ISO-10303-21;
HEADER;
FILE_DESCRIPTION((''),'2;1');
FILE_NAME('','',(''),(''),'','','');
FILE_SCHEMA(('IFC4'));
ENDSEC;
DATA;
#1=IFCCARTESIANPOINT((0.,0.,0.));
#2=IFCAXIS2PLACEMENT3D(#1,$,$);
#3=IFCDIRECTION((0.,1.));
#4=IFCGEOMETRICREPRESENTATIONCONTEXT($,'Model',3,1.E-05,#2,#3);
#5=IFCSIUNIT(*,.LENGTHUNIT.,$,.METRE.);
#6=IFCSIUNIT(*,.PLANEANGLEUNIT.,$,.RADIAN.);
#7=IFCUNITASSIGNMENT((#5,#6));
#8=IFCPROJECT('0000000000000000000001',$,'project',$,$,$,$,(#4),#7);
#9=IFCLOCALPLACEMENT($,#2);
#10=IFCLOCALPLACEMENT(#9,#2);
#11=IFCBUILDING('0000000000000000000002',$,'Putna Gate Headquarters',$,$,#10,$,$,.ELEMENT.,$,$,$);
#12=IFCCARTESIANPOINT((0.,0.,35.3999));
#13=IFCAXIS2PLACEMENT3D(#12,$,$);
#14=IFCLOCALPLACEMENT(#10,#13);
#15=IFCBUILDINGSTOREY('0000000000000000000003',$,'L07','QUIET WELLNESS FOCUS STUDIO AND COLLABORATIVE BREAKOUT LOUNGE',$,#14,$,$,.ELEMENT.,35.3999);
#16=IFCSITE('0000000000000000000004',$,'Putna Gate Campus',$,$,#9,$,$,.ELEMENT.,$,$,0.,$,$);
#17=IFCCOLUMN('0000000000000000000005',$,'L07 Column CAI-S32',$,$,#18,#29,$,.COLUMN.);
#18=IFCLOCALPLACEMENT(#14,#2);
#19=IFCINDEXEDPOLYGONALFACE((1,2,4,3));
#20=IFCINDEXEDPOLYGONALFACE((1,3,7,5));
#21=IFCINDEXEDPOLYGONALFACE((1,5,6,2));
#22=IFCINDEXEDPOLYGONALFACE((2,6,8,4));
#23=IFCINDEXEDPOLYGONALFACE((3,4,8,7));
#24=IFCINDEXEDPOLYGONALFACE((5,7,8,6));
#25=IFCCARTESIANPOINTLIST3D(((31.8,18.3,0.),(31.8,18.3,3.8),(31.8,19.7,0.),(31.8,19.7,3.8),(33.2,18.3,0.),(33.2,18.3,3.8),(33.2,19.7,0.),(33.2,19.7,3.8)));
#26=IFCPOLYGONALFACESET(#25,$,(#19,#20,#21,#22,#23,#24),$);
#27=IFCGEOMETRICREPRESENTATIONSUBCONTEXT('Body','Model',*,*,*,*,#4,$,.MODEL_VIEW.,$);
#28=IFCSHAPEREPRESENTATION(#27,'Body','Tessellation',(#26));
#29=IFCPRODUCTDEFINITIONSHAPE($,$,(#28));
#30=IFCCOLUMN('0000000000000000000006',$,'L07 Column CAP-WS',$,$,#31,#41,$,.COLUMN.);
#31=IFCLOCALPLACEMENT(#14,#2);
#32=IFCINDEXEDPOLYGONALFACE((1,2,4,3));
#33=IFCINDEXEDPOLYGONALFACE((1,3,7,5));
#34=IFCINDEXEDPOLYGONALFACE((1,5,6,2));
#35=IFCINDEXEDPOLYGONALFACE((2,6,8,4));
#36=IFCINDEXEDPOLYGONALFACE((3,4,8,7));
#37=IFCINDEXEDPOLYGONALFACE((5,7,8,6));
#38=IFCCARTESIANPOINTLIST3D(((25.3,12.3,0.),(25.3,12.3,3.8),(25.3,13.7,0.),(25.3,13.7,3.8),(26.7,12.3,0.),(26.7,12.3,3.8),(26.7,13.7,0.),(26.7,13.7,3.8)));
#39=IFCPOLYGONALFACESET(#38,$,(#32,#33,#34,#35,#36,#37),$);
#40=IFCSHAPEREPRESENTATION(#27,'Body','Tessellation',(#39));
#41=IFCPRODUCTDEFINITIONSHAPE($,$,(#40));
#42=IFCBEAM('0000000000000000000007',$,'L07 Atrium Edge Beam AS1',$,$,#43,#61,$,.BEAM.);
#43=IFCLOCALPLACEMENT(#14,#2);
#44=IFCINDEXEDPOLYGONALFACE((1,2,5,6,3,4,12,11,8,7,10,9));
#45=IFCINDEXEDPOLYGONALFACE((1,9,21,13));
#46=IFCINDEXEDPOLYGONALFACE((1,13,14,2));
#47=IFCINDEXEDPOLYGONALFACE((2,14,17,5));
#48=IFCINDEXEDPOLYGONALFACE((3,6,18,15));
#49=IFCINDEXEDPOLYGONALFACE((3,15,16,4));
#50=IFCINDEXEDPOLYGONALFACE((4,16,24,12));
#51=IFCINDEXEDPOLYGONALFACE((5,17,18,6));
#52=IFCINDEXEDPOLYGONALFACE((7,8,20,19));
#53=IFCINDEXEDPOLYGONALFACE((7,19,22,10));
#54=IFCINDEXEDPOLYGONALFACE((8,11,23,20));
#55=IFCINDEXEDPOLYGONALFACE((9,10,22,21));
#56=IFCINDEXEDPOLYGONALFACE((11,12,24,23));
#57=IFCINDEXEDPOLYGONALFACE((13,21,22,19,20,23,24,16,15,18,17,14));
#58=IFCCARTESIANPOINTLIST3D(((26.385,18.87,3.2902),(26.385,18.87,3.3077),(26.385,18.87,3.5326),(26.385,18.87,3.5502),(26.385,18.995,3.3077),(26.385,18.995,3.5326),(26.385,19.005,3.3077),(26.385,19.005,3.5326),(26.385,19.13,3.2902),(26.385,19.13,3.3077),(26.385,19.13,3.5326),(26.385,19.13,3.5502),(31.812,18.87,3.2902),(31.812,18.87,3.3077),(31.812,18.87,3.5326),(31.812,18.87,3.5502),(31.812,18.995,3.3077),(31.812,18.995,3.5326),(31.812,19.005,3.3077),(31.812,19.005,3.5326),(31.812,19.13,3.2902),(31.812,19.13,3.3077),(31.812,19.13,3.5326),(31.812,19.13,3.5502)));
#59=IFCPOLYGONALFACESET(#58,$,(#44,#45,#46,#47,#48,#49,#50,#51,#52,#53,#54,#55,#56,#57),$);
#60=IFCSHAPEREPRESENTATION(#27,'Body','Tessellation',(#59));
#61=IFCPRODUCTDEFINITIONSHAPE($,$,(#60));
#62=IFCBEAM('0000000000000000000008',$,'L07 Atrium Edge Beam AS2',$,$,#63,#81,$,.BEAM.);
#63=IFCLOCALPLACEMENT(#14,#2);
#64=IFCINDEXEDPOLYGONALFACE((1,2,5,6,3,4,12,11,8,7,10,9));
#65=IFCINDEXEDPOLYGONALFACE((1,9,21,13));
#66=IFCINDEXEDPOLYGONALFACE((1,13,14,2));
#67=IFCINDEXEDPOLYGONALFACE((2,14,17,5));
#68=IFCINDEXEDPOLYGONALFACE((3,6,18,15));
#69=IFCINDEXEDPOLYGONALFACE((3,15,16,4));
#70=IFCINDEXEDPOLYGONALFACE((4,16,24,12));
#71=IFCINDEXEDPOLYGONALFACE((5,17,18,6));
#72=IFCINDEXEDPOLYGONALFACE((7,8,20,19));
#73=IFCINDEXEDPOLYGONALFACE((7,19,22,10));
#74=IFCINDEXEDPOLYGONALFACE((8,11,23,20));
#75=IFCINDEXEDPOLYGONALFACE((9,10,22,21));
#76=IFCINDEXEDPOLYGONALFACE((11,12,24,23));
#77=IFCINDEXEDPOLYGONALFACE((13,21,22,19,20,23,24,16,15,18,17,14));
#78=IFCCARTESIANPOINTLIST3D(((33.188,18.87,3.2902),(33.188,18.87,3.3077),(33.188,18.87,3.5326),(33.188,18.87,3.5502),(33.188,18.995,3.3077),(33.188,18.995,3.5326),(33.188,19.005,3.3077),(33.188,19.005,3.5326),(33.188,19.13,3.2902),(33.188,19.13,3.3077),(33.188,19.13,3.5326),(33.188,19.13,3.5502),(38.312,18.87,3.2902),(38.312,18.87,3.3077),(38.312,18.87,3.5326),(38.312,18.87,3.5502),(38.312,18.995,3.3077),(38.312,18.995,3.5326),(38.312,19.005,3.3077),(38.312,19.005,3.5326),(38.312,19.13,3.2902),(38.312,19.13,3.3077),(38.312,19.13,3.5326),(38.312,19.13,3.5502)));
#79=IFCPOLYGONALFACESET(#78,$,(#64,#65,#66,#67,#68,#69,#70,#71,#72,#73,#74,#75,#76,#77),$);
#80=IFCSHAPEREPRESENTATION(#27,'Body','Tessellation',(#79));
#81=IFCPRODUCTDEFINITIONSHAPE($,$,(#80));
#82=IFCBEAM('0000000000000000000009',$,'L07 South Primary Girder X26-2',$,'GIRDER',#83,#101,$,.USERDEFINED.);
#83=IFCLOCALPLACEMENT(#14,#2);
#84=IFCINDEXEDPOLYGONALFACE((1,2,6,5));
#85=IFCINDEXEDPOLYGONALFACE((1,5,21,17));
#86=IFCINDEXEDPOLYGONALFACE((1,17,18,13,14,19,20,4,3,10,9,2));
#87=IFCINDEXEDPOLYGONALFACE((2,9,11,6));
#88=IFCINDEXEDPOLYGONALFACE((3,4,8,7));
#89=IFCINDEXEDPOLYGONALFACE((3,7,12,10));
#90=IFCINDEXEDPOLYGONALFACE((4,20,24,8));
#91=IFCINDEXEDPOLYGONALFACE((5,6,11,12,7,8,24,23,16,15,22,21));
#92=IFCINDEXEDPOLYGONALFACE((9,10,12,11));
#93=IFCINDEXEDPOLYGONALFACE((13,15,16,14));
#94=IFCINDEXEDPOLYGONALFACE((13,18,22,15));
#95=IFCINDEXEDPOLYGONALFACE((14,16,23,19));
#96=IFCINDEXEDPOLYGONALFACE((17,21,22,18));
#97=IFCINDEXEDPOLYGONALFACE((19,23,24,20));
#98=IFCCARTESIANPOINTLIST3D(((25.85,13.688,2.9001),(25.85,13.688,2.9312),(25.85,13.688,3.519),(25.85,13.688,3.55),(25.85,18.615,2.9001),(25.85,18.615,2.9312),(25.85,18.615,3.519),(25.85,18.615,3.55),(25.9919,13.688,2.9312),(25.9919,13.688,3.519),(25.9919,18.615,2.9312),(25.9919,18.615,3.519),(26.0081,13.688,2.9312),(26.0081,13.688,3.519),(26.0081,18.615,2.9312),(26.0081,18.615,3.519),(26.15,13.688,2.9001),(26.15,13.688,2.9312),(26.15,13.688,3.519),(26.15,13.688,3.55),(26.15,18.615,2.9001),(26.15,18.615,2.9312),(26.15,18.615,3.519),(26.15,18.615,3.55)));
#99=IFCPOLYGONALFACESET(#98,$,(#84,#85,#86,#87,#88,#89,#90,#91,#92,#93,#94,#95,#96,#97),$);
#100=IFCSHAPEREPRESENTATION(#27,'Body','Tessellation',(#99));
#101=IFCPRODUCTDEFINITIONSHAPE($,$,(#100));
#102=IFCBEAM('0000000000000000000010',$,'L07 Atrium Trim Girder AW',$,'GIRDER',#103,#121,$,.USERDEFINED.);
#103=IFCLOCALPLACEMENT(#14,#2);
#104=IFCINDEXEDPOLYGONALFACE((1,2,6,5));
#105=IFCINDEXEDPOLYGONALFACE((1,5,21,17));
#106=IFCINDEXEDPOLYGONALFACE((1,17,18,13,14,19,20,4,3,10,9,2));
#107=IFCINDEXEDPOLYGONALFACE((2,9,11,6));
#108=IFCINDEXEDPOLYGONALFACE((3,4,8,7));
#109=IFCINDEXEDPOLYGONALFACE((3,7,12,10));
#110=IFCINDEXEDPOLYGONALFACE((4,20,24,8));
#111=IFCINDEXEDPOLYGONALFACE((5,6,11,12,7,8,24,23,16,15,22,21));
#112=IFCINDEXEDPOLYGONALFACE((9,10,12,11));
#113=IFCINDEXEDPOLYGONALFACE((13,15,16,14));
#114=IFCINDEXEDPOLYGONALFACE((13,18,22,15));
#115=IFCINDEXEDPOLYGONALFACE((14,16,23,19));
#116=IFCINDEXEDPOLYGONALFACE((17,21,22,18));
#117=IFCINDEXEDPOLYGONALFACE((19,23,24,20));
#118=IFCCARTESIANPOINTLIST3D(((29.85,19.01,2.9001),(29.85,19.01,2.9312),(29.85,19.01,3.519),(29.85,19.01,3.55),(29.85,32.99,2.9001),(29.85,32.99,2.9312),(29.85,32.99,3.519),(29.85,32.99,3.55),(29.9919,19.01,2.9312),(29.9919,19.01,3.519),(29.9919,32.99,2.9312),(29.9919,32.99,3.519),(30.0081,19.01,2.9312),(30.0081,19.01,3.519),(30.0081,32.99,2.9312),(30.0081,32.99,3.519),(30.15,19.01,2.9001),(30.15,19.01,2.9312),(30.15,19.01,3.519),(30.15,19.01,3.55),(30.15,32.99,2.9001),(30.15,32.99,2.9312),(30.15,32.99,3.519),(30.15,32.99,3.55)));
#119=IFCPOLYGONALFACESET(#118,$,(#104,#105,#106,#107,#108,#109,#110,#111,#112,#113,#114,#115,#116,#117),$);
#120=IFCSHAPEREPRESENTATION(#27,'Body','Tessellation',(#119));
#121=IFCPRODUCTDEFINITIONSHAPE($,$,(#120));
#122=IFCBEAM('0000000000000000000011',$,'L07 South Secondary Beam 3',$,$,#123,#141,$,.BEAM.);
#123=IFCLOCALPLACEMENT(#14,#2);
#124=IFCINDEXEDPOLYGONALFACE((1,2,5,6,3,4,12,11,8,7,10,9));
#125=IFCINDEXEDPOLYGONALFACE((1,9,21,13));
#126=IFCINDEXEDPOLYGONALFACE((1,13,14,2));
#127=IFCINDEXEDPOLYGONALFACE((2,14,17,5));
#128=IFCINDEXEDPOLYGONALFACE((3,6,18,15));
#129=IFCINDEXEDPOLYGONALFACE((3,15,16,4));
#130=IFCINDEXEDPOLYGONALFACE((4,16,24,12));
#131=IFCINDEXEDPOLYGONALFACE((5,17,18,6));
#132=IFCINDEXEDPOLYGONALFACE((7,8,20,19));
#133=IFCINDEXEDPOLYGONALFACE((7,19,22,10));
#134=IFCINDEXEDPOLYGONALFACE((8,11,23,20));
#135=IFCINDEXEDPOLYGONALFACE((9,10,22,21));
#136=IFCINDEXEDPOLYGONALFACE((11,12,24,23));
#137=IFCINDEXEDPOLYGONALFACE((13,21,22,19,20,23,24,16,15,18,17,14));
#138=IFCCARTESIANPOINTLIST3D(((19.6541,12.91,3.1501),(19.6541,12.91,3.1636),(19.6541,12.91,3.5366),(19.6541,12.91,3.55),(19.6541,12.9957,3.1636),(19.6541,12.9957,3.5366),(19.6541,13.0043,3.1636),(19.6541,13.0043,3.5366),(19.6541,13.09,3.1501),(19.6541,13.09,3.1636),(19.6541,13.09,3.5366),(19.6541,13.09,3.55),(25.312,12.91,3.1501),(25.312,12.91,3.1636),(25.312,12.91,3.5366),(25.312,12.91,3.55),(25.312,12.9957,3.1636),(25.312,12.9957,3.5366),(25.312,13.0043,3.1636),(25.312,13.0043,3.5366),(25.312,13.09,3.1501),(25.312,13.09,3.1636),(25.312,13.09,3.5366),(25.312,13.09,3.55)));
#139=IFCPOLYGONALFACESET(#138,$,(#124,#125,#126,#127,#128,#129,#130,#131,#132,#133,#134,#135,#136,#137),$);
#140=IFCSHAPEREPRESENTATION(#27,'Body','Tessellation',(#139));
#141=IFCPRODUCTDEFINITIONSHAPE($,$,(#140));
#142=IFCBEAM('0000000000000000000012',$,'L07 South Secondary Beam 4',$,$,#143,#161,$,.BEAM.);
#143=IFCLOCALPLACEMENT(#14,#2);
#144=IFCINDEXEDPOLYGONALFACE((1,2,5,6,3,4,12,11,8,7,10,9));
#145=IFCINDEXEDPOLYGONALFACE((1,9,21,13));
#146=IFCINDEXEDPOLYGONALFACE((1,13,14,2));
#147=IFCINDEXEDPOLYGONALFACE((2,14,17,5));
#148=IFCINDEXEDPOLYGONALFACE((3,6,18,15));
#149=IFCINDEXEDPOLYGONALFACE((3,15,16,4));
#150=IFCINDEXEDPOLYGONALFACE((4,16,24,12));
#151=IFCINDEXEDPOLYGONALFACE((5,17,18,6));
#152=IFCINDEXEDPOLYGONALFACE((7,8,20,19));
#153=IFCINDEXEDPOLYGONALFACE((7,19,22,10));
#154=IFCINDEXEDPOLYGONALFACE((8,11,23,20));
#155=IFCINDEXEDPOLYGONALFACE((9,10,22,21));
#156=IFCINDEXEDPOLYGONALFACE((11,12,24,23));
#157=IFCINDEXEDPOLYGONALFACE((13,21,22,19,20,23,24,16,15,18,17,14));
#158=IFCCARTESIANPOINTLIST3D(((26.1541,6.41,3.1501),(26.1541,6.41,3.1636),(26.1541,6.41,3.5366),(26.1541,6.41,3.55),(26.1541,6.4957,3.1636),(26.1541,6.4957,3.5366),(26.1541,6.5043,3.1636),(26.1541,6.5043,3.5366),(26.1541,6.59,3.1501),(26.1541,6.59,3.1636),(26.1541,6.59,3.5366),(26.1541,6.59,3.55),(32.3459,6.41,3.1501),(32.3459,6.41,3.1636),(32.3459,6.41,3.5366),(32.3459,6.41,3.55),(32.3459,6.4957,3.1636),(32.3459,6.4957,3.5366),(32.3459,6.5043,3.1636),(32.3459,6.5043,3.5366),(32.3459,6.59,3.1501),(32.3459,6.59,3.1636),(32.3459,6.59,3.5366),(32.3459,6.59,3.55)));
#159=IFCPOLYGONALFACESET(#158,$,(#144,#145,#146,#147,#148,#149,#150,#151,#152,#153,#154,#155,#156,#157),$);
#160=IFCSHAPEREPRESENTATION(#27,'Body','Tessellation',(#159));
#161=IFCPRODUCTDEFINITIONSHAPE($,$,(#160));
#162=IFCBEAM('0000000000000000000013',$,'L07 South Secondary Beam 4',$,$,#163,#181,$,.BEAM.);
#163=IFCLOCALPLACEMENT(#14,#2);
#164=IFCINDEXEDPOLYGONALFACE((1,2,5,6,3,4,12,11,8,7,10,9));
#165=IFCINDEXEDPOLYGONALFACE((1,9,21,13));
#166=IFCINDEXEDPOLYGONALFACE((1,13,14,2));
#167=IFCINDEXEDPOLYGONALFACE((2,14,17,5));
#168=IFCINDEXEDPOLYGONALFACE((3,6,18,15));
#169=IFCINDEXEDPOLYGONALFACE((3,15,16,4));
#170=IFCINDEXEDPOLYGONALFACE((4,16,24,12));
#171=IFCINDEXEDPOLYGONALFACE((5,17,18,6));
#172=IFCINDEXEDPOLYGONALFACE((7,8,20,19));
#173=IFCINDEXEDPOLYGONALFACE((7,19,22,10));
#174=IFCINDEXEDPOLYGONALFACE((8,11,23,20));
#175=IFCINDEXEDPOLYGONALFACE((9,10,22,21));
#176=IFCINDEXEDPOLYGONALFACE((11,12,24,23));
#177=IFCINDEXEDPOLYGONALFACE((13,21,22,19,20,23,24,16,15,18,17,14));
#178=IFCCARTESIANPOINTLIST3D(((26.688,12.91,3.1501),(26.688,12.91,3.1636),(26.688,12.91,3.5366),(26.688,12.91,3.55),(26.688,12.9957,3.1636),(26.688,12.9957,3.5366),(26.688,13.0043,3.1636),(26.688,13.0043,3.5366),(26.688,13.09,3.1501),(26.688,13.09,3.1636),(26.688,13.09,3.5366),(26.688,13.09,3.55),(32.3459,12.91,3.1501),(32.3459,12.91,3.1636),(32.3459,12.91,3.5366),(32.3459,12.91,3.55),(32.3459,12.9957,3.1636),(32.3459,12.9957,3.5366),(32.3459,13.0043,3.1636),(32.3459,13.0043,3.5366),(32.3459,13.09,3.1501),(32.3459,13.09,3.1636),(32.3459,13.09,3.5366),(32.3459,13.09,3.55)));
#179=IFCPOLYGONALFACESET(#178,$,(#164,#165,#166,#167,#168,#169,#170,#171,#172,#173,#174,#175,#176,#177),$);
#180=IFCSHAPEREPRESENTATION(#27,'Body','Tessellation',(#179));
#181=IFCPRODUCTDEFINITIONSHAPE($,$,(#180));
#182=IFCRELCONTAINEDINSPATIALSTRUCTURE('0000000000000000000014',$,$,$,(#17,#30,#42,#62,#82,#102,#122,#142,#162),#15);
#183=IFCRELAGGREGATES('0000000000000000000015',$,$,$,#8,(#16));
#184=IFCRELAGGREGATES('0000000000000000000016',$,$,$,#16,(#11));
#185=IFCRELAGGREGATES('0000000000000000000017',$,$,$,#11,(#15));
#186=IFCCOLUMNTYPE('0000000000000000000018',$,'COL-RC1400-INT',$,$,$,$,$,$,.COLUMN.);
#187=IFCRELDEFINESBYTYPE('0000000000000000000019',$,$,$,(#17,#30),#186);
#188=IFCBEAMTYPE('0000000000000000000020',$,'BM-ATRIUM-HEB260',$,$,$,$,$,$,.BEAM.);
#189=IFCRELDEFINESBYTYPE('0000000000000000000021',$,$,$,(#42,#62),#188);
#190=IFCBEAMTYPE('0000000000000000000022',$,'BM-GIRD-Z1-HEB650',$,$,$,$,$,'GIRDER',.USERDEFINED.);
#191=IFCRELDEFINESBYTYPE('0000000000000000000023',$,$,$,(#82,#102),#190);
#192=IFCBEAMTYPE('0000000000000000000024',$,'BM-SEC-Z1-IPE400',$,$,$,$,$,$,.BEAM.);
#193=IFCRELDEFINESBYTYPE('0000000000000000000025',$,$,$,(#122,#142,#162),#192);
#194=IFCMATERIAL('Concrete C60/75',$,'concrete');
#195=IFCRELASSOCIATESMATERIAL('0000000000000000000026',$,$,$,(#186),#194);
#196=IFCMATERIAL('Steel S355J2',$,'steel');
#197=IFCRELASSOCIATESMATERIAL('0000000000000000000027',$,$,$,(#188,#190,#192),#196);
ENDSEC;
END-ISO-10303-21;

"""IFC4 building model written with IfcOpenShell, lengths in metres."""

from ifc_helpers import new_model, si_unit, direction, frame, origin, origin_2d, place, context, subcontext, project, spatial, rectangle, i_section, extrude, material, material_profile, profile_set, type_object, element, save


model = new_model("IFC4")

# Units and contexts
model_context = context("Model", 3, precision=1e-05, world=origin(), true_north=direction((0.0, 1.0)))
body_context = subcontext(model_context, "Body", "Model", "MODEL_VIEW")
ifc_project = project(units=[si_unit("LENGTHUNIT", "METRE"), si_unit("PLANEANGLEUNIT", "RADIAN")], contexts=[model_context])

# Site, building, storey
site_placement = place(None, origin())
site = spatial("IfcSite", under=ifc_project, at=site_placement, Name="Putna Gate Campus", CompositionType="ELEMENT", RefElevation=0.0)
building_placement = place(site_placement, origin())
building = spatial("IfcBuilding", under=site, at=building_placement, Name="Putna Gate Headquarters", CompositionType="ELEMENT")
storey_placement = place(building_placement, frame((0.0, 0.0, 35.3999)))
storey = spatial("IfcBuildingStorey", under=building, at=storey_placement, Name="L07", Description="QUIET WELLNESS FOCUS STUDIO AND COLLABORATIVE BREAKOUT LOUNGE", CompositionType="ELEMENT", Elevation=35.3999)

# Columns
ifc_material_1 = material(Name="Concrete C60/75", Category="concrete")
ifc_material_profile_1 = material_profile(ifc_material_1, rectangle(XDim=1.3999, YDim=1.3999, at=origin_2d()), Name="Concrete C60/75")
ifc_profile_set_1 = profile_set([ifc_material_profile_1], Name="Concrete C60/75")
column_type = type_object("IfcColumnType", Name="COL-RC1400-INT", PredefinedType="COLUMN", material=ifc_profile_set_1)
for number, where, z_axis, x_axis, name in (
    (1, (32.5, 19.0, 0.0), (0.0, 0.0, 1.0), (1.0, 0.0, 0.0), "L07 Column CAI-S32"),
    (2, (26.0, 13.0, 0.0), (0.0, 0.0, 1.0), (1.0, 0.0, 0.0), "L07 Column CAP-WS"),
):
    element("IfcColumn", number, at=place(storey_placement, frame(where, z_axis=z_axis, x_axis=x_axis)), inside=storey, type_object=column_type, Name=name, PredefinedType="COLUMN", context=body_context, shape_type="SweptSolid", body=[
        extrude(rectangle(XDim=1.3999, YDim=1.3999, at=origin_2d()), origin(), (0.0, 0.0, 1.0), 3.8),
    ])

# Beams
ifc_material_2 = material(Name="Steel S355J2", Category="steel")
ifc_material_profile_2 = material_profile(ifc_material_2, i_section(OverallWidth=0.26, OverallDepth=0.26, WebThickness=0.01, FlangeThickness=0.0176, at=origin_2d()), Name="Steel S355J2")
ifc_profile_set_2 = profile_set([ifc_material_profile_2], Name="Steel S355J2")
beam_type_1 = type_object("IfcBeamType", Name="BM-ATRIUM-HEB260", PredefinedType="BEAM", material=ifc_profile_set_2)
beam_1_placement = place(storey_placement, frame((26.385, 19.0, 3.4202), z_axis=(1.0, 0.0, 0.0), x_axis=(0.0, 1.0, 0.0)))
element("IfcBeam", 3, at=beam_1_placement, inside=storey, type_object=beam_type_1, Name="L07 Atrium Edge Beam AS1", PredefinedType="BEAM", context=body_context, shape_type="SweptSolid", body=[
    extrude(i_section(OverallWidth=0.26, OverallDepth=0.26, WebThickness=0.01, FlangeThickness=0.0176, at=origin_2d()), origin(), (0.0, 0.0, 1.0), 5.427),
])
beam_2_placement = place(storey_placement, frame((33.188, 19.0, 3.4202), z_axis=(1.0, 0.0, 0.0), x_axis=(0.0, 1.0, 0.0)))
element("IfcBeam", 4, at=beam_2_placement, inside=storey, type_object=beam_type_1, Name="L07 Atrium Edge Beam AS2", PredefinedType="BEAM", context=body_context, shape_type="SweptSolid", body=[
    extrude(i_section(OverallWidth=0.26, OverallDepth=0.26, WebThickness=0.01, FlangeThickness=0.0176, at=origin_2d()), origin(), (0.0, 0.0, 1.0), 5.124),
])
ifc_material_profile_3 = material_profile(ifc_material_2, i_section(OverallWidth=0.3, OverallDepth=0.6499, WebThickness=0.0161, FlangeThickness=0.031, at=origin_2d()), Name="Steel S355J2")
ifc_profile_set_3 = profile_set([ifc_material_profile_3], Name="Steel S355J2")
beam_type_2 = type_object("IfcBeamType", Name="BM-GIRD-Z1-HEB650", ElementType="GIRDER", PredefinedType="USERDEFINED", material=ifc_profile_set_3)
beam_3_placement = place(storey_placement, frame((26.0, 13.688, 3.2251), z_axis=(0.0, 1.0, 0.0), x_axis=(-1.0, 0.0, 0.0)))
element("IfcBeam", 5, at=beam_3_placement, inside=storey, type_object=beam_type_2, Name="L07 South Primary Girder X26-2", ObjectType="GIRDER", PredefinedType="USERDEFINED", context=body_context, shape_type="SweptSolid", body=[
    extrude(i_section(OverallWidth=0.3, OverallDepth=0.6499, WebThickness=0.0161, FlangeThickness=0.031, at=origin_2d()), origin(), (0.0, 0.0, 1.0), 4.927),
])
beam_4_placement = place(storey_placement, frame((30.0, 19.01, 3.2251), z_axis=(0.0, 1.0, 0.0), x_axis=(-1.0, 0.0, 0.0)))
element("IfcBeam", 6, at=beam_4_placement, inside=storey, type_object=beam_type_2, Name="L07 Atrium Trim Girder AW", ObjectType="GIRDER", PredefinedType="USERDEFINED", context=body_context, shape_type="SweptSolid", body=[
    extrude(i_section(OverallWidth=0.3, OverallDepth=0.6499, WebThickness=0.0161, FlangeThickness=0.031, at=origin_2d()), origin(), (0.0, 0.0, 1.0), 13.98),
])
ifc_material_profile_4 = material_profile(ifc_material_2, i_section(OverallWidth=0.1799, OverallDepth=0.3999, WebThickness=0.0085, FlangeThickness=0.0134, at=origin_2d()), Name="Steel S355J2")
ifc_profile_set_4 = profile_set([ifc_material_profile_4], Name="Steel S355J2")
beam_type_3 = type_object("IfcBeamType", Name="BM-SEC-Z1-IPE400", PredefinedType="BEAM", material=ifc_profile_set_4)
beam_5_placement = place(storey_placement, frame((19.6541, 13.0, 3.3501), z_axis=(1.0, 0.0, 0.0), x_axis=(0.0, 1.0, 0.0)))
element("IfcBeam", 7, at=beam_5_placement, inside=storey, type_object=beam_type_3, Name="L07 South Secondary Beam 3", PredefinedType="BEAM", context=body_context, shape_type="SweptSolid", body=[
    extrude(i_section(OverallWidth=0.1799, OverallDepth=0.3999, WebThickness=0.0085, FlangeThickness=0.0134, at=origin_2d()), origin(), (0.0, 0.0, 1.0), 5.658),
])
beam_6_placement = place(storey_placement, frame((26.1541, 6.5, 3.3501), z_axis=(1.0, 0.0, 0.0), x_axis=(0.0, 1.0, 0.0)))
element("IfcBeam", 8, at=beam_6_placement, inside=storey, type_object=beam_type_3, Name="L07 South Secondary Beam 4", PredefinedType="BEAM", context=body_context, shape_type="SweptSolid", body=[
    extrude(i_section(OverallWidth=0.1799, OverallDepth=0.3999, WebThickness=0.0085, FlangeThickness=0.0134, at=origin_2d()), origin(), (0.0, 0.0, 1.0), 6.1919),
])
beam_7_placement = place(storey_placement, frame((26.688, 13.0, 3.3501), z_axis=(1.0, 0.0, 0.0), x_axis=(0.0, 1.0, 0.0)))
element("IfcBeam", 9, at=beam_7_placement, inside=storey, type_object=beam_type_3, Name="L07 South Secondary Beam 4", PredefinedType="BEAM", context=body_context, shape_type="SweptSolid", body=[
    extrude(i_section(OverallWidth=0.1799, OverallDepth=0.3999, WebThickness=0.0085, FlangeThickness=0.0134, at=origin_2d()), origin(), (0.0, 0.0, 1.0), 5.658),
])

save(model, "model.ifc")
